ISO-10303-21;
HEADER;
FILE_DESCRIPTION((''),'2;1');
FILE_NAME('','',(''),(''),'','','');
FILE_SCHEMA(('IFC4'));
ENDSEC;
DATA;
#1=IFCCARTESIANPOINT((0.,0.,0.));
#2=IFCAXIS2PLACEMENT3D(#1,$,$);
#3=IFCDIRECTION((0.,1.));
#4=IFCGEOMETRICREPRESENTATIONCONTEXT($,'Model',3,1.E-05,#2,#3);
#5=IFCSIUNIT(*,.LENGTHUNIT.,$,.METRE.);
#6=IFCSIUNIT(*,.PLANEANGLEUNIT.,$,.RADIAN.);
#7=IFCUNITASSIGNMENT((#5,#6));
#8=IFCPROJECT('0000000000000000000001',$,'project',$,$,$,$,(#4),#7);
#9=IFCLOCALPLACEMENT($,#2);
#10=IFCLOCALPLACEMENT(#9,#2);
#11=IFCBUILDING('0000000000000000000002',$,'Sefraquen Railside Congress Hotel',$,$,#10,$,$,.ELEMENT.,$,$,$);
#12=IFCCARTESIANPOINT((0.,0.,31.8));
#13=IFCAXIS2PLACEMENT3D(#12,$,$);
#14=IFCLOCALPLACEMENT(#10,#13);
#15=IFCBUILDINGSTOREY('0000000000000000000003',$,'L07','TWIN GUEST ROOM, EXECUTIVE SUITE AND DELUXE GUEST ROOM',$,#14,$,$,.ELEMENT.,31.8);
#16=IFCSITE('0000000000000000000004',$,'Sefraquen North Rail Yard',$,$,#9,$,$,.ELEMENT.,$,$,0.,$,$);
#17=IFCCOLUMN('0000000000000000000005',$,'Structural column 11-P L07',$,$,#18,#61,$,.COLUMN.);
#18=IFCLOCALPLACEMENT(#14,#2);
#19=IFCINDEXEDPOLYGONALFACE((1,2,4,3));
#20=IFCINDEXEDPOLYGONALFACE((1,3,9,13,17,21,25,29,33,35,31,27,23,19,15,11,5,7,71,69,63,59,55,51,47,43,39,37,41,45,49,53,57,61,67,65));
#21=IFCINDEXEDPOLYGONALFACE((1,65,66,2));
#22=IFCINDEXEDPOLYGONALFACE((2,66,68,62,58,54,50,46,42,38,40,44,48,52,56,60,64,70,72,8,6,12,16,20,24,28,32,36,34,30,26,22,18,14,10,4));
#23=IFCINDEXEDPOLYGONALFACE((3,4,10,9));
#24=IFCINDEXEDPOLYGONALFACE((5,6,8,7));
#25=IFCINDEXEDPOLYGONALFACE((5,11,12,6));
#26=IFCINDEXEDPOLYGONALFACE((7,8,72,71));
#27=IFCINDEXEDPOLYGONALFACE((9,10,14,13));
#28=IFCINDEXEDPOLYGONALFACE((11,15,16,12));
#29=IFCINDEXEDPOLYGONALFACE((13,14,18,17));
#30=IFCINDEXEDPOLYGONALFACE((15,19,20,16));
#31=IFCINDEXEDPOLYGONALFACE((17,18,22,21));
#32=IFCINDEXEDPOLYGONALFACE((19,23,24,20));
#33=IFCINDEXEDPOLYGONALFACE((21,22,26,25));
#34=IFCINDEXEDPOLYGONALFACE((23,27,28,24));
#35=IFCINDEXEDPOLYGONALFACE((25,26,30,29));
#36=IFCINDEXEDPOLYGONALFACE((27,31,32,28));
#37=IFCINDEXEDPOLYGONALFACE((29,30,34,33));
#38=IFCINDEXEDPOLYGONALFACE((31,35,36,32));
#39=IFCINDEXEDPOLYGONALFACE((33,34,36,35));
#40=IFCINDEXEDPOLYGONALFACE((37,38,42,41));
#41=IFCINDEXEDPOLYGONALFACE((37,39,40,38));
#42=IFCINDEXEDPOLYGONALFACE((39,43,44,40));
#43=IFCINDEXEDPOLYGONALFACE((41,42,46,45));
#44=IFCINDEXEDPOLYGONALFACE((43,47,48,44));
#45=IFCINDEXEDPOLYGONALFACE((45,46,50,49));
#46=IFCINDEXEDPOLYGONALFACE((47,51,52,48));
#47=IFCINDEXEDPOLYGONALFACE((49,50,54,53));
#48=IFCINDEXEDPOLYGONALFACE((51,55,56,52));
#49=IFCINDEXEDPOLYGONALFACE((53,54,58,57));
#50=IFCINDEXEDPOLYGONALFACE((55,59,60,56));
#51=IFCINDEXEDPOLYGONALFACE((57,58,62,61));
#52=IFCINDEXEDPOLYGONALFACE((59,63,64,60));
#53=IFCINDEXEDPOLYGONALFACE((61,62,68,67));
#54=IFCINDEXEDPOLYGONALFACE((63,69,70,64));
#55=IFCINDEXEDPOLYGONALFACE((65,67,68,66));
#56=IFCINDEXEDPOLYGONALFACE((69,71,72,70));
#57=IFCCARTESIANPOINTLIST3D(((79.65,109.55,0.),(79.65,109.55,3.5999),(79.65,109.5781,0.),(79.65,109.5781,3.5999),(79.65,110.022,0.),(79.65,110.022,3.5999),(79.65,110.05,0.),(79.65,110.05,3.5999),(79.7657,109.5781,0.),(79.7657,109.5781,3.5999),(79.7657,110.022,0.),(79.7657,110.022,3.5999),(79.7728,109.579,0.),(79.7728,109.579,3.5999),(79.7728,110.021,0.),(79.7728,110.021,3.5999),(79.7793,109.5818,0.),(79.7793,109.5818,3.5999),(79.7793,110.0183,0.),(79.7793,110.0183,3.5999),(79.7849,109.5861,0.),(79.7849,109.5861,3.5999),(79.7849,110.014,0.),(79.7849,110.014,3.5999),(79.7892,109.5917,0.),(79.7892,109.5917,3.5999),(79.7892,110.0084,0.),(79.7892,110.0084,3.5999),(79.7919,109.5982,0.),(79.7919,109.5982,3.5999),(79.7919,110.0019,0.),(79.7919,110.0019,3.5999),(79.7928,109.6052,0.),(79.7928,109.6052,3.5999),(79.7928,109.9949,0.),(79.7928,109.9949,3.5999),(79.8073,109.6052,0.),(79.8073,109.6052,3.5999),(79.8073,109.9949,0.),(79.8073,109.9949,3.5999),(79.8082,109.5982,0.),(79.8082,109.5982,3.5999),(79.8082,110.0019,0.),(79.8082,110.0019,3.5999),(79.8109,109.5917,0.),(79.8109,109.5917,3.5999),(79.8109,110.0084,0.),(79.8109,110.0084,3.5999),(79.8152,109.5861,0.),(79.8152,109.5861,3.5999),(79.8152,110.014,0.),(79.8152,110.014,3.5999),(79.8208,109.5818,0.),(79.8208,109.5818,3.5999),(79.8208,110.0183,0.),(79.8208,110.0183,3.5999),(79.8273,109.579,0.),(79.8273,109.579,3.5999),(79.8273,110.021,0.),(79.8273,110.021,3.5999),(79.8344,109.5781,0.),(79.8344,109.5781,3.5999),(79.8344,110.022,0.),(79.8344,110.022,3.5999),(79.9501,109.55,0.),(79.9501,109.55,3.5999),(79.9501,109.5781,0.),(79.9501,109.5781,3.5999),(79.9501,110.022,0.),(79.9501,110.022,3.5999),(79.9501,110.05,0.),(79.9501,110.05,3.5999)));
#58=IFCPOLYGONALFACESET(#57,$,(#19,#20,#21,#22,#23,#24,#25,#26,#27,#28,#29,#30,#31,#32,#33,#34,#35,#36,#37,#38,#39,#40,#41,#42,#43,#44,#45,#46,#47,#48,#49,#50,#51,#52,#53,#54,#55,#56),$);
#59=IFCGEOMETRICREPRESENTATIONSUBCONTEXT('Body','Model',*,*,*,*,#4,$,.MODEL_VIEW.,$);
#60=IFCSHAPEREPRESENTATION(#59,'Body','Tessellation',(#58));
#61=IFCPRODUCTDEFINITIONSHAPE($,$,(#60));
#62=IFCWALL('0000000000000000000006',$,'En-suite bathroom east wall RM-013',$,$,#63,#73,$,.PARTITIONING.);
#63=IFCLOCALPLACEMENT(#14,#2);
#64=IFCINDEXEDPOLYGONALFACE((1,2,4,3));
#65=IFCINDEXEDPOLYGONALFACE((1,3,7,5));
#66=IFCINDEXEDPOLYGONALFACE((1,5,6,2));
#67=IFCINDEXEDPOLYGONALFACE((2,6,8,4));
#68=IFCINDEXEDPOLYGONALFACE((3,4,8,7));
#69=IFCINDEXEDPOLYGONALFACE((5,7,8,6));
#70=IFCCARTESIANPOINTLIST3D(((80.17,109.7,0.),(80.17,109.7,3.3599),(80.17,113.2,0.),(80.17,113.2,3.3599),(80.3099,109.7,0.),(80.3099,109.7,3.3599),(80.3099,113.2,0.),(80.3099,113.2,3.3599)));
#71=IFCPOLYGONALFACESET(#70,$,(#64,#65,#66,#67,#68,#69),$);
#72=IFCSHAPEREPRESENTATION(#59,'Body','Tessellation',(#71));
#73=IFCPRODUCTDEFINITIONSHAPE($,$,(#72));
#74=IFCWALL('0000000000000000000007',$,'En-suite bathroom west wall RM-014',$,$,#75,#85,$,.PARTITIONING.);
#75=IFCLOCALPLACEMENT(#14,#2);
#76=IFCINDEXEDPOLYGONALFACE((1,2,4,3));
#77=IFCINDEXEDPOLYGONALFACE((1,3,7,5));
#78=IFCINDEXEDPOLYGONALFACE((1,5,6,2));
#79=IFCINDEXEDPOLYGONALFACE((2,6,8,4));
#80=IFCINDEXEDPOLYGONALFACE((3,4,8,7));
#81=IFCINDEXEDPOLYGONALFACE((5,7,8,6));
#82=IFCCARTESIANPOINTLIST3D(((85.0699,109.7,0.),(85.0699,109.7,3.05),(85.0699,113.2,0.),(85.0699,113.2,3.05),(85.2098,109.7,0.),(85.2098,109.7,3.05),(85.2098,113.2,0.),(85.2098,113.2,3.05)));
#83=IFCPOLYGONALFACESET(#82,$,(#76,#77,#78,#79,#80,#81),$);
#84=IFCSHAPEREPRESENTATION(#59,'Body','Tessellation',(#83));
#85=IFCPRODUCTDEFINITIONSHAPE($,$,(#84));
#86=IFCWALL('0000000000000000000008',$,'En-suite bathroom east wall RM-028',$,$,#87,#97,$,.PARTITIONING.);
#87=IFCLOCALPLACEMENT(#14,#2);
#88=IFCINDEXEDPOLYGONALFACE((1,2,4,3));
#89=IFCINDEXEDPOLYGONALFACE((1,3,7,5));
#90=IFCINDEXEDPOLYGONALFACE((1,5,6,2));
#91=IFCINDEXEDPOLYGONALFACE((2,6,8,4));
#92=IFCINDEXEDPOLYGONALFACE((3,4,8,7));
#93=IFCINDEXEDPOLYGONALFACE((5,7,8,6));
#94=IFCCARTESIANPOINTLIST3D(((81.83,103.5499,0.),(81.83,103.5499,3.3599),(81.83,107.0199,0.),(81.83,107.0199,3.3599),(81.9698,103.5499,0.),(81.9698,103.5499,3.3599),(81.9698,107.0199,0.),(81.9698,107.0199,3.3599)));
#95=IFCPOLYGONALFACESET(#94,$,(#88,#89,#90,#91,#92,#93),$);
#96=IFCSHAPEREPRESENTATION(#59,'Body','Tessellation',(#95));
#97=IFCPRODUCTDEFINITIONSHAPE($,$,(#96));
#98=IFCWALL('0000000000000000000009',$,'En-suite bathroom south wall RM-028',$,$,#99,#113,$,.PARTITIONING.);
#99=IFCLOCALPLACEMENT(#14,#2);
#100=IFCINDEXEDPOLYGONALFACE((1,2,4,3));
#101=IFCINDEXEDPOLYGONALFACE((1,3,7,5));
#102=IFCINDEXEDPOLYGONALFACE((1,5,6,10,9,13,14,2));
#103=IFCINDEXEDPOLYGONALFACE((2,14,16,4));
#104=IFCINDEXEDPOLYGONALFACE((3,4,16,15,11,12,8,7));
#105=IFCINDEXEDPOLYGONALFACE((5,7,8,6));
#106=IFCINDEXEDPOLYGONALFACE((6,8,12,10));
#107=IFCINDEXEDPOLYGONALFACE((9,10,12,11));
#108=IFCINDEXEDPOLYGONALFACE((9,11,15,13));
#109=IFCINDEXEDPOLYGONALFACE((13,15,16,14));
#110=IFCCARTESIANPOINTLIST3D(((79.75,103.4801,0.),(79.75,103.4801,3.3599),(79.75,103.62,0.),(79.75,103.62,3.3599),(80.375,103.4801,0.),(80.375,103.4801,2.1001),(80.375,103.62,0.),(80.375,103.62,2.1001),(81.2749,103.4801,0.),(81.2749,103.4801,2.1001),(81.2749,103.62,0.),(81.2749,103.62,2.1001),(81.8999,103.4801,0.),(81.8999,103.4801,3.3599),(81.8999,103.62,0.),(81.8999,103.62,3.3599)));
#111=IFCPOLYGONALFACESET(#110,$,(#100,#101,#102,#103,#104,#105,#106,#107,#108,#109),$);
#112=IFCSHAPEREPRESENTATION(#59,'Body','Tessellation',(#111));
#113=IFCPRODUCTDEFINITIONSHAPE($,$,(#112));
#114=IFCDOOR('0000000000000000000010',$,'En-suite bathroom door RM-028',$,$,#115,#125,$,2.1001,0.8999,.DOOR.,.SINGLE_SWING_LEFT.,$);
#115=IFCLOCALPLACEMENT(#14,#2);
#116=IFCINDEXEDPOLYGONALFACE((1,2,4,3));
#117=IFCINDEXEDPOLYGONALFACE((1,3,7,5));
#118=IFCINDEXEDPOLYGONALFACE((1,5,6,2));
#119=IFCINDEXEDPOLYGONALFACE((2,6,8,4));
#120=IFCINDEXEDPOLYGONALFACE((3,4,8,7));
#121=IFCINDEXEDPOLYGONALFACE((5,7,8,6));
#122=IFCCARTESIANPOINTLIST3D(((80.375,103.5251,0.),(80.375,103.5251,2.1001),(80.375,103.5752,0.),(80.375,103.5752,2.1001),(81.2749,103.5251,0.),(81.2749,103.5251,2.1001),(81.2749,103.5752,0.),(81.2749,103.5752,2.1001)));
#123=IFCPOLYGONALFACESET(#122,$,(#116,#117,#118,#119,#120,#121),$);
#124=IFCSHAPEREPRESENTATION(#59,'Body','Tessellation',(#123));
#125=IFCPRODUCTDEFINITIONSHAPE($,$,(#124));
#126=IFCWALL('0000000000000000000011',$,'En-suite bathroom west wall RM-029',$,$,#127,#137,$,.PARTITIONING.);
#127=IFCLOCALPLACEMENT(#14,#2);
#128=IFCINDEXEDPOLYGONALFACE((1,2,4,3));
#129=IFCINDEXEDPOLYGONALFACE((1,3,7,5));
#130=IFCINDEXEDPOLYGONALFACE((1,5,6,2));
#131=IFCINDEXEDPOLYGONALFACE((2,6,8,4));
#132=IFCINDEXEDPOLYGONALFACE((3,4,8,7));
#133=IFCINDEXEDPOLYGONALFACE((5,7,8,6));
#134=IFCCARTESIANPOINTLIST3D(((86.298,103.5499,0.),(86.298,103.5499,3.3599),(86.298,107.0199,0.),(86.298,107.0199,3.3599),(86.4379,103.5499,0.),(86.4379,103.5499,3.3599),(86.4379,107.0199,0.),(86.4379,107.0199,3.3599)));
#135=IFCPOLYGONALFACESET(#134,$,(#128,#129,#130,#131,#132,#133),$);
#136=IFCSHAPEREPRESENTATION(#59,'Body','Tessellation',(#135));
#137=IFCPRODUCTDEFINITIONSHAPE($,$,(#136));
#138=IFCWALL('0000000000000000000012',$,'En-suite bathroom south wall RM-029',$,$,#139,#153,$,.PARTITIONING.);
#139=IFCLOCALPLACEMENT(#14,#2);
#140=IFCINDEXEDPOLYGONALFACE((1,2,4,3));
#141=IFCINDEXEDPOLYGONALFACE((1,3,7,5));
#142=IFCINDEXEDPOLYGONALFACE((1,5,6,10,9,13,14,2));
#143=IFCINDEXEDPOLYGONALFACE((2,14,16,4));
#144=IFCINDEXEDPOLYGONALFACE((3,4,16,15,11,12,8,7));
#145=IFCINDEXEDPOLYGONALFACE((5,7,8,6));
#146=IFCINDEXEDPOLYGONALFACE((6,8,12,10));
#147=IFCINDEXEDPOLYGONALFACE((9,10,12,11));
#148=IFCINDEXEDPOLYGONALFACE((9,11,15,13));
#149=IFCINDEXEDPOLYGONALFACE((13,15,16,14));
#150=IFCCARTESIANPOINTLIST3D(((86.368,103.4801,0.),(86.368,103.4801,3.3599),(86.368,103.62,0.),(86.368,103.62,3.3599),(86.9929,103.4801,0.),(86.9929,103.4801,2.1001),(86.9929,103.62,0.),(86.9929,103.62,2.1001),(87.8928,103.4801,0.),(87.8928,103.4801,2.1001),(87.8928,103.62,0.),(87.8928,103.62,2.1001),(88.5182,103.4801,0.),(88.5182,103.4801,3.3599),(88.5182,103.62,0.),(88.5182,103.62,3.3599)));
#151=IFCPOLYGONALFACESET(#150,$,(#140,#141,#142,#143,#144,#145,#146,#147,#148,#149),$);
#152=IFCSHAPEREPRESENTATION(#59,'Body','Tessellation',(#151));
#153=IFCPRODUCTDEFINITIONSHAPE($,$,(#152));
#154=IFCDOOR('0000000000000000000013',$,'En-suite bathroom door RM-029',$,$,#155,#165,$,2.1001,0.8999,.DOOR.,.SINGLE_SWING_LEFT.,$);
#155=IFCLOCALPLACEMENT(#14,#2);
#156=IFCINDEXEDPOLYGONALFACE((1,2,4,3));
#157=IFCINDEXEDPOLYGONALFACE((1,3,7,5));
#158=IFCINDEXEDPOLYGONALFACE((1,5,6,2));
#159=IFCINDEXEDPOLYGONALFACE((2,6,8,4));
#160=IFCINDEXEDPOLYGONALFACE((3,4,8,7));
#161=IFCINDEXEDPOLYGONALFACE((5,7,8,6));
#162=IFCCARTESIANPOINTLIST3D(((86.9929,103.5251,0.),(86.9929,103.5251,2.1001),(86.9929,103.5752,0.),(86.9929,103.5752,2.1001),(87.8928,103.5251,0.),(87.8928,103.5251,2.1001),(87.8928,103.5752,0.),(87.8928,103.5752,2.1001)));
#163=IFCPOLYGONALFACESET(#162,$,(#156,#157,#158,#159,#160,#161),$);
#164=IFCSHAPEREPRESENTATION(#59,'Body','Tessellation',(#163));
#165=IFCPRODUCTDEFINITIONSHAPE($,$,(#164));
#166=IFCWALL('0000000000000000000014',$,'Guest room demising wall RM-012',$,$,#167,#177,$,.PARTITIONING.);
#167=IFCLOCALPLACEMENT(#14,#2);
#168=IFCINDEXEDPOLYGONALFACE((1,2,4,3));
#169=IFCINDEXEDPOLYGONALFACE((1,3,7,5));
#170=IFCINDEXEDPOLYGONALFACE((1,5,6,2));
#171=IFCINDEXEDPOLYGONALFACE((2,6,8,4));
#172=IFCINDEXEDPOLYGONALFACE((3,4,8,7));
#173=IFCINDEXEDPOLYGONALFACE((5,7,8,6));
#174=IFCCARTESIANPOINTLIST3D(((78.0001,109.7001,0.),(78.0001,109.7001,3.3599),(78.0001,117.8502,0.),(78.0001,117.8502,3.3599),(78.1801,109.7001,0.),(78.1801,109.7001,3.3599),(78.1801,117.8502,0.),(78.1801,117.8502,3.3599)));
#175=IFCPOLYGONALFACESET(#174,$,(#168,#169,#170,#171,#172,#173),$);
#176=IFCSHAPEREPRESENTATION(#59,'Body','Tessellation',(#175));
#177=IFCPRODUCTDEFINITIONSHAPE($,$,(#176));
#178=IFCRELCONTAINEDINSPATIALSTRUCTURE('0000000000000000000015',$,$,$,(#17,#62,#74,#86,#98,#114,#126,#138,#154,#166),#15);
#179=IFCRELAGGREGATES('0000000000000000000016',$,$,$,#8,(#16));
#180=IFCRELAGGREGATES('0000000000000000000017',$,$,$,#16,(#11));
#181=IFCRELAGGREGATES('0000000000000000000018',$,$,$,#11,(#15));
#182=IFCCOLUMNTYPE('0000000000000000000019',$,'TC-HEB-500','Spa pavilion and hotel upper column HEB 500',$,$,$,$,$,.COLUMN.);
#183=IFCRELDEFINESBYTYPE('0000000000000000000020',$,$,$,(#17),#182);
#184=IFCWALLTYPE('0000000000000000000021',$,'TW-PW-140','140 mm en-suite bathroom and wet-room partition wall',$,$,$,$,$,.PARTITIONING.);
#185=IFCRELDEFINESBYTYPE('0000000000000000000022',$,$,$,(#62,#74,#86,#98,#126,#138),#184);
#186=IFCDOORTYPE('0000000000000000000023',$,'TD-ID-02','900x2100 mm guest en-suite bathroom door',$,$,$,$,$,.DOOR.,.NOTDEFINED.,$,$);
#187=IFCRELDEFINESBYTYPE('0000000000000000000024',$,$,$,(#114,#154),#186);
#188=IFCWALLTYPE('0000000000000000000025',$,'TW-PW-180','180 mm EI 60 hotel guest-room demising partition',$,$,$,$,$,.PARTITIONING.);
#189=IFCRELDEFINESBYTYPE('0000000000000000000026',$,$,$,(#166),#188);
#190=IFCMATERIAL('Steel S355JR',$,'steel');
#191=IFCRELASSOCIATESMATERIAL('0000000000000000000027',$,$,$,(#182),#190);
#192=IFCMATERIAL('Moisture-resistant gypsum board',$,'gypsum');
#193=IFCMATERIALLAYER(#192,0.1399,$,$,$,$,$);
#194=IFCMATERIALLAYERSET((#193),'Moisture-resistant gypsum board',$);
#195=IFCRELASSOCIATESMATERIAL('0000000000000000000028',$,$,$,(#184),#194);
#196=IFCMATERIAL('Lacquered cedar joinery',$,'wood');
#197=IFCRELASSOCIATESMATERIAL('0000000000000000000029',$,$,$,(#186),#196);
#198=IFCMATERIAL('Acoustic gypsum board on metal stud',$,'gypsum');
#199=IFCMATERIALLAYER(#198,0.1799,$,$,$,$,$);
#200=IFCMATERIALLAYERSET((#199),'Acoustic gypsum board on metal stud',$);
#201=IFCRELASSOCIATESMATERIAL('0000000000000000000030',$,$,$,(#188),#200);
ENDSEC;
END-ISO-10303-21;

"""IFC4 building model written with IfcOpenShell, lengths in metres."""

from ifc_helpers import new_model, si_unit, direction, frame, frame_2d, origin, origin_2d, place, context, subcontext, project, spatial, rectangle, i_section, extrude, material, layer, layer_set, material_profile, profile_set, type_object, element, fill, save


model = new_model("IFC4")

# Units and contexts
model_context = context("Model", 3, precision=1e-05, world=origin(), true_north=direction((0.0, 1.0)))
body_context = subcontext(model_context, "Body", "Model", "MODEL_VIEW")
ifc_project = project(units=[si_unit("LENGTHUNIT", "METRE"), si_unit("PLANEANGLEUNIT", "RADIAN")], contexts=[model_context])

# Site, building, storey
site_placement = place(None, origin())
site = spatial("IfcSite", under=ifc_project, at=site_placement, Name="Sefraquen North Rail Yard", CompositionType="ELEMENT", RefElevation=0.0)
building_placement = place(site_placement, origin())
building = spatial("IfcBuilding", under=site, at=building_placement, Name="Sefraquen Railside Congress Hotel", CompositionType="ELEMENT")
storey_placement = place(building_placement, frame((0.0, 0.0, 31.8)))
storey = spatial("IfcBuildingStorey", under=building, at=storey_placement, Name="L07", Description="TWIN GUEST ROOM, EXECUTIVE SUITE AND DELUXE GUEST ROOM", CompositionType="ELEMENT", Elevation=31.8)

# Column
ifc_material_1 = material(Name="Steel S355JR", Category="steel")
ifc_material_profile = material_profile(ifc_material_1, i_section(OverallWidth=0.3, OverallDepth=0.5, WebThickness=0.0144, FlangeThickness=0.0281, FilletRadius=0.0271, at=origin_2d()), Name="HEB 500")
ifc_profile_set = profile_set([ifc_material_profile], Name="Steel S355JR")
column_type = type_object("IfcColumnType", Name="TC-HEB-500", Description="Spa pavilion and hotel upper column HEB 500", PredefinedType="COLUMN", material=ifc_profile_set)
column_placement = place(storey_placement, frame((79.8, 109.8, 0.0), z_axis=(0.0, 0.0, 1.0), x_axis=(1.0, 0.0, 0.0)))
element("IfcColumn", 1, at=column_placement, inside=storey, type_object=column_type, Name="Structural column 11-P L07", PredefinedType="COLUMN", context=body_context, shape_type="SweptSolid", body=[
    extrude(i_section(OverallWidth=0.3, OverallDepth=0.5, WebThickness=0.0144, FlangeThickness=0.0281, FilletRadius=0.0271, at=origin_2d()), origin(), (0.0, 0.0, 1.0), 3.5999),
])

# Walls
ifc_material_2 = material(Name="Moisture-resistant gypsum board", Category="gypsum")
ifc_layer_1 = layer(ifc_material_2, 0.1399)
ifc_layer_set_1 = layer_set([ifc_layer_1], Name="Moisture-resistant gypsum board")
wall_type_1 = type_object("IfcWallType", Name="TW-PW-140", Description="140 mm en-suite bathroom and wet-room partition wall", PredefinedType="PARTITIONING", material=ifc_layer_set_1)
wall_1_placement = place(storey_placement, frame((80.24, 109.7, 0.0), z_axis=(0.0, 0.0, 1.0), x_axis=(0.0, 1.0, 0.0)))
element("IfcWall", 2, at=wall_1_placement, inside=storey, type_object=wall_type_1, Name="En-suite bathroom east wall RM-013", PredefinedType="PARTITIONING", context=body_context, shape_type="SweptSolid", body=[
    extrude(rectangle(XDim=3.5, YDim=0.1399, at=frame_2d((1.75, 0.0))), origin(), (0.0, 0.0, 1.0), 3.3599),
])
wall_2_placement = place(storey_placement, frame((85.1399, 109.7, 0.0), z_axis=(0.0, 0.0, 1.0), x_axis=(0.0, 1.0, 0.0)))
element("IfcWall", 3, at=wall_2_placement, inside=storey, type_object=wall_type_1, Name="En-suite bathroom west wall RM-014", PredefinedType="PARTITIONING", context=body_context, shape_type="SweptSolid", body=[
    extrude(rectangle(XDim=3.5, YDim=0.1399, at=frame_2d((1.75, 0.0))), origin(), (0.0, 0.0, 1.0), 3.05),
])
wall_3_placement = place(storey_placement, frame((81.8999, 103.55, 0.0), z_axis=(0.0, 0.0, 1.0), x_axis=(0.0, 1.0, 0.0)))
element("IfcWall", 4, at=wall_3_placement, inside=storey, type_object=wall_type_1, Name="En-suite bathroom east wall RM-028", PredefinedType="PARTITIONING", context=body_context, shape_type="SweptSolid", body=[
    extrude(rectangle(XDim=3.47, YDim=0.1399, at=frame_2d((1.7349, 0.0))), origin(), (0.0, 0.0, 1.0), 3.3599),
])

# Wall, opening, door
wall_4_placement = place(storey_placement, frame((79.75, 103.55, 0.0), z_axis=(0.0, 0.0, 1.0), x_axis=(1.0, 0.0, 0.0)))
wall_4 = element("IfcWall", 5, at=wall_4_placement, inside=storey, type_object=wall_type_1, Name="En-suite bathroom south wall RM-028", PredefinedType="PARTITIONING", context=body_context, shape_type="SweptSolid", body=[
    extrude(rectangle(XDim=2.1499, YDim=0.1399, at=frame_2d((1.075, 0.0))), origin(), (0.0, 0.0, 1.0), 3.3599),
])
opening_1_placement = place(wall_4_placement, frame((0.625, 0.0, 0.0)))
opening_1 = element("IfcOpeningElement", 6, at=opening_1_placement, cuts=wall_4, PredefinedType="OPENING", context=body_context, shape_type="SweptSolid", body=[
    extrude(rectangle(XDim=0.8999, YDim=2.1001, at=frame_2d((0.45, 1.05))), frame((0.0, 0.0798, 0.0), z_axis=(0.0, -1.0, 0.0), x_axis=(1.0, 0.0, 0.0)), (0.0, 0.0, 1.0), 0.1599),
])
ifc_material_3 = material(Name="Lacquered cedar joinery", Category="wood")
door_type_1 = type_object("IfcDoorType", Name="TD-ID-02", Description="900x2100 mm guest en-suite bathroom door", OperationType="NOTDEFINED", PredefinedType="DOOR", material=ifc_material_3)
door_1_placement = place(opening_1_placement, frame((0.8999, 0.0, 0.0), z_axis=(0.0, 0.0, 1.0), x_axis=(-1.0, 0.0, 0.0)))
door_1 = element("IfcDoor", 7, at=door_1_placement, inside=storey, type_object=door_type_1, Name="En-suite bathroom door RM-028", OperationType="SINGLE_SWING_LEFT", OverallHeight=2.1001, OverallWidth=0.8999, PredefinedType="DOOR", context=body_context, shape_type="SweptSolid", body=[
    extrude(rectangle(XDim=0.8999, YDim=2.1001, at=frame_2d((0.45, 1.05))), frame((0.0, 0.0249, 0.0), z_axis=(0.0, -1.0, 0.0), x_axis=(1.0, 0.0, 0.0)), (0.0, 0.0, 1.0), 0.05),
])
fill(opening_1, door_1)

# Wall
wall_5_placement = place(storey_placement, frame((86.3679, 103.55, 0.0), z_axis=(0.0, 0.0, 1.0), x_axis=(0.0, 1.0, 0.0)))
element("IfcWall", 8, at=wall_5_placement, inside=storey, type_object=wall_type_1, Name="En-suite bathroom west wall RM-029", PredefinedType="PARTITIONING", context=body_context, shape_type="SweptSolid", body=[
    extrude(rectangle(XDim=3.47, YDim=0.1399, at=frame_2d((1.7349, 0.0))), origin(), (0.0, 0.0, 1.0), 3.3599),
])

# Wall, opening, door
wall_6_placement = place(storey_placement, frame((86.3679, 103.55, 0.0), z_axis=(0.0, 0.0, 1.0), x_axis=(1.0, 0.0, 0.0)))
wall_6 = element("IfcWall", 9, at=wall_6_placement, inside=storey, type_object=wall_type_1, Name="En-suite bathroom south wall RM-029", PredefinedType="PARTITIONING", context=body_context, shape_type="SweptSolid", body=[
    extrude(rectangle(XDim=2.1501, YDim=0.1399, at=frame_2d((1.0752, 0.0))), origin(), (0.0, 0.0, 1.0), 3.3599),
])
opening_2_placement = place(wall_6_placement, frame((0.625, 0.0, 0.0)))
opening_2 = element("IfcOpeningElement", 10, at=opening_2_placement, cuts=wall_6, PredefinedType="OPENING", context=body_context, shape_type="SweptSolid", body=[
    extrude(rectangle(XDim=0.8999, YDim=2.1001, at=frame_2d((0.45, 1.05))), frame((0.0, 0.0798, 0.0), z_axis=(0.0, -1.0, 0.0), x_axis=(1.0, 0.0, 0.0)), (0.0, 0.0, 1.0), 0.1599),
])
door_2_placement = place(opening_2_placement, frame((0.8999, 0.0, 0.0), z_axis=(0.0, 0.0, 1.0), x_axis=(-1.0, 0.0, 0.0)))
door_2 = element("IfcDoor", 11, at=door_2_placement, inside=storey, type_object=door_type_1, Name="En-suite bathroom door RM-029", OperationType="SINGLE_SWING_LEFT", OverallHeight=2.1001, OverallWidth=0.8999, PredefinedType="DOOR", context=body_context, shape_type="SweptSolid", body=[
    extrude(rectangle(XDim=0.8999, YDim=2.1001, at=frame_2d((0.45, 1.05))), frame((0.0, 0.0249, 0.0), z_axis=(0.0, -1.0, 0.0), x_axis=(1.0, 0.0, 0.0)), (0.0, 0.0, 1.0), 0.05),
])
fill(opening_2, door_2)

# Wall
ifc_material_4 = material(Name="Acoustic gypsum board on metal stud", Category="gypsum")
ifc_layer_2 = layer(ifc_material_4, 0.1799)
ifc_layer_set_2 = layer_set([ifc_layer_2], Name="Acoustic gypsum board on metal stud")
wall_type_2 = type_object("IfcWallType", Name="TW-PW-180", Description="180 mm EI 60 hotel guest-room demising partition", PredefinedType="PARTITIONING", material=ifc_layer_set_2)
for number, where, z_axis, x_axis, name in (
    (12, (78.0901, 109.7, 0.0), (0.0, 0.0, 1.0), (0.0, 1.0, 0.0), "Guest room demising wall RM-012"),
):
    element("IfcWall", number, at=place(storey_placement, frame(where, z_axis=z_axis, x_axis=x_axis)), inside=storey, type_object=wall_type_2, Name=name, PredefinedType="PARTITIONING", context=body_context, shape_type="SweptSolid", body=[
        extrude(rectangle(XDim=8.1501, YDim=0.1799, at=frame_2d((4.0752, 0.0))), origin(), (0.0, 0.0, 1.0), 3.3599),
    ])

save(model, "model.ifc")
